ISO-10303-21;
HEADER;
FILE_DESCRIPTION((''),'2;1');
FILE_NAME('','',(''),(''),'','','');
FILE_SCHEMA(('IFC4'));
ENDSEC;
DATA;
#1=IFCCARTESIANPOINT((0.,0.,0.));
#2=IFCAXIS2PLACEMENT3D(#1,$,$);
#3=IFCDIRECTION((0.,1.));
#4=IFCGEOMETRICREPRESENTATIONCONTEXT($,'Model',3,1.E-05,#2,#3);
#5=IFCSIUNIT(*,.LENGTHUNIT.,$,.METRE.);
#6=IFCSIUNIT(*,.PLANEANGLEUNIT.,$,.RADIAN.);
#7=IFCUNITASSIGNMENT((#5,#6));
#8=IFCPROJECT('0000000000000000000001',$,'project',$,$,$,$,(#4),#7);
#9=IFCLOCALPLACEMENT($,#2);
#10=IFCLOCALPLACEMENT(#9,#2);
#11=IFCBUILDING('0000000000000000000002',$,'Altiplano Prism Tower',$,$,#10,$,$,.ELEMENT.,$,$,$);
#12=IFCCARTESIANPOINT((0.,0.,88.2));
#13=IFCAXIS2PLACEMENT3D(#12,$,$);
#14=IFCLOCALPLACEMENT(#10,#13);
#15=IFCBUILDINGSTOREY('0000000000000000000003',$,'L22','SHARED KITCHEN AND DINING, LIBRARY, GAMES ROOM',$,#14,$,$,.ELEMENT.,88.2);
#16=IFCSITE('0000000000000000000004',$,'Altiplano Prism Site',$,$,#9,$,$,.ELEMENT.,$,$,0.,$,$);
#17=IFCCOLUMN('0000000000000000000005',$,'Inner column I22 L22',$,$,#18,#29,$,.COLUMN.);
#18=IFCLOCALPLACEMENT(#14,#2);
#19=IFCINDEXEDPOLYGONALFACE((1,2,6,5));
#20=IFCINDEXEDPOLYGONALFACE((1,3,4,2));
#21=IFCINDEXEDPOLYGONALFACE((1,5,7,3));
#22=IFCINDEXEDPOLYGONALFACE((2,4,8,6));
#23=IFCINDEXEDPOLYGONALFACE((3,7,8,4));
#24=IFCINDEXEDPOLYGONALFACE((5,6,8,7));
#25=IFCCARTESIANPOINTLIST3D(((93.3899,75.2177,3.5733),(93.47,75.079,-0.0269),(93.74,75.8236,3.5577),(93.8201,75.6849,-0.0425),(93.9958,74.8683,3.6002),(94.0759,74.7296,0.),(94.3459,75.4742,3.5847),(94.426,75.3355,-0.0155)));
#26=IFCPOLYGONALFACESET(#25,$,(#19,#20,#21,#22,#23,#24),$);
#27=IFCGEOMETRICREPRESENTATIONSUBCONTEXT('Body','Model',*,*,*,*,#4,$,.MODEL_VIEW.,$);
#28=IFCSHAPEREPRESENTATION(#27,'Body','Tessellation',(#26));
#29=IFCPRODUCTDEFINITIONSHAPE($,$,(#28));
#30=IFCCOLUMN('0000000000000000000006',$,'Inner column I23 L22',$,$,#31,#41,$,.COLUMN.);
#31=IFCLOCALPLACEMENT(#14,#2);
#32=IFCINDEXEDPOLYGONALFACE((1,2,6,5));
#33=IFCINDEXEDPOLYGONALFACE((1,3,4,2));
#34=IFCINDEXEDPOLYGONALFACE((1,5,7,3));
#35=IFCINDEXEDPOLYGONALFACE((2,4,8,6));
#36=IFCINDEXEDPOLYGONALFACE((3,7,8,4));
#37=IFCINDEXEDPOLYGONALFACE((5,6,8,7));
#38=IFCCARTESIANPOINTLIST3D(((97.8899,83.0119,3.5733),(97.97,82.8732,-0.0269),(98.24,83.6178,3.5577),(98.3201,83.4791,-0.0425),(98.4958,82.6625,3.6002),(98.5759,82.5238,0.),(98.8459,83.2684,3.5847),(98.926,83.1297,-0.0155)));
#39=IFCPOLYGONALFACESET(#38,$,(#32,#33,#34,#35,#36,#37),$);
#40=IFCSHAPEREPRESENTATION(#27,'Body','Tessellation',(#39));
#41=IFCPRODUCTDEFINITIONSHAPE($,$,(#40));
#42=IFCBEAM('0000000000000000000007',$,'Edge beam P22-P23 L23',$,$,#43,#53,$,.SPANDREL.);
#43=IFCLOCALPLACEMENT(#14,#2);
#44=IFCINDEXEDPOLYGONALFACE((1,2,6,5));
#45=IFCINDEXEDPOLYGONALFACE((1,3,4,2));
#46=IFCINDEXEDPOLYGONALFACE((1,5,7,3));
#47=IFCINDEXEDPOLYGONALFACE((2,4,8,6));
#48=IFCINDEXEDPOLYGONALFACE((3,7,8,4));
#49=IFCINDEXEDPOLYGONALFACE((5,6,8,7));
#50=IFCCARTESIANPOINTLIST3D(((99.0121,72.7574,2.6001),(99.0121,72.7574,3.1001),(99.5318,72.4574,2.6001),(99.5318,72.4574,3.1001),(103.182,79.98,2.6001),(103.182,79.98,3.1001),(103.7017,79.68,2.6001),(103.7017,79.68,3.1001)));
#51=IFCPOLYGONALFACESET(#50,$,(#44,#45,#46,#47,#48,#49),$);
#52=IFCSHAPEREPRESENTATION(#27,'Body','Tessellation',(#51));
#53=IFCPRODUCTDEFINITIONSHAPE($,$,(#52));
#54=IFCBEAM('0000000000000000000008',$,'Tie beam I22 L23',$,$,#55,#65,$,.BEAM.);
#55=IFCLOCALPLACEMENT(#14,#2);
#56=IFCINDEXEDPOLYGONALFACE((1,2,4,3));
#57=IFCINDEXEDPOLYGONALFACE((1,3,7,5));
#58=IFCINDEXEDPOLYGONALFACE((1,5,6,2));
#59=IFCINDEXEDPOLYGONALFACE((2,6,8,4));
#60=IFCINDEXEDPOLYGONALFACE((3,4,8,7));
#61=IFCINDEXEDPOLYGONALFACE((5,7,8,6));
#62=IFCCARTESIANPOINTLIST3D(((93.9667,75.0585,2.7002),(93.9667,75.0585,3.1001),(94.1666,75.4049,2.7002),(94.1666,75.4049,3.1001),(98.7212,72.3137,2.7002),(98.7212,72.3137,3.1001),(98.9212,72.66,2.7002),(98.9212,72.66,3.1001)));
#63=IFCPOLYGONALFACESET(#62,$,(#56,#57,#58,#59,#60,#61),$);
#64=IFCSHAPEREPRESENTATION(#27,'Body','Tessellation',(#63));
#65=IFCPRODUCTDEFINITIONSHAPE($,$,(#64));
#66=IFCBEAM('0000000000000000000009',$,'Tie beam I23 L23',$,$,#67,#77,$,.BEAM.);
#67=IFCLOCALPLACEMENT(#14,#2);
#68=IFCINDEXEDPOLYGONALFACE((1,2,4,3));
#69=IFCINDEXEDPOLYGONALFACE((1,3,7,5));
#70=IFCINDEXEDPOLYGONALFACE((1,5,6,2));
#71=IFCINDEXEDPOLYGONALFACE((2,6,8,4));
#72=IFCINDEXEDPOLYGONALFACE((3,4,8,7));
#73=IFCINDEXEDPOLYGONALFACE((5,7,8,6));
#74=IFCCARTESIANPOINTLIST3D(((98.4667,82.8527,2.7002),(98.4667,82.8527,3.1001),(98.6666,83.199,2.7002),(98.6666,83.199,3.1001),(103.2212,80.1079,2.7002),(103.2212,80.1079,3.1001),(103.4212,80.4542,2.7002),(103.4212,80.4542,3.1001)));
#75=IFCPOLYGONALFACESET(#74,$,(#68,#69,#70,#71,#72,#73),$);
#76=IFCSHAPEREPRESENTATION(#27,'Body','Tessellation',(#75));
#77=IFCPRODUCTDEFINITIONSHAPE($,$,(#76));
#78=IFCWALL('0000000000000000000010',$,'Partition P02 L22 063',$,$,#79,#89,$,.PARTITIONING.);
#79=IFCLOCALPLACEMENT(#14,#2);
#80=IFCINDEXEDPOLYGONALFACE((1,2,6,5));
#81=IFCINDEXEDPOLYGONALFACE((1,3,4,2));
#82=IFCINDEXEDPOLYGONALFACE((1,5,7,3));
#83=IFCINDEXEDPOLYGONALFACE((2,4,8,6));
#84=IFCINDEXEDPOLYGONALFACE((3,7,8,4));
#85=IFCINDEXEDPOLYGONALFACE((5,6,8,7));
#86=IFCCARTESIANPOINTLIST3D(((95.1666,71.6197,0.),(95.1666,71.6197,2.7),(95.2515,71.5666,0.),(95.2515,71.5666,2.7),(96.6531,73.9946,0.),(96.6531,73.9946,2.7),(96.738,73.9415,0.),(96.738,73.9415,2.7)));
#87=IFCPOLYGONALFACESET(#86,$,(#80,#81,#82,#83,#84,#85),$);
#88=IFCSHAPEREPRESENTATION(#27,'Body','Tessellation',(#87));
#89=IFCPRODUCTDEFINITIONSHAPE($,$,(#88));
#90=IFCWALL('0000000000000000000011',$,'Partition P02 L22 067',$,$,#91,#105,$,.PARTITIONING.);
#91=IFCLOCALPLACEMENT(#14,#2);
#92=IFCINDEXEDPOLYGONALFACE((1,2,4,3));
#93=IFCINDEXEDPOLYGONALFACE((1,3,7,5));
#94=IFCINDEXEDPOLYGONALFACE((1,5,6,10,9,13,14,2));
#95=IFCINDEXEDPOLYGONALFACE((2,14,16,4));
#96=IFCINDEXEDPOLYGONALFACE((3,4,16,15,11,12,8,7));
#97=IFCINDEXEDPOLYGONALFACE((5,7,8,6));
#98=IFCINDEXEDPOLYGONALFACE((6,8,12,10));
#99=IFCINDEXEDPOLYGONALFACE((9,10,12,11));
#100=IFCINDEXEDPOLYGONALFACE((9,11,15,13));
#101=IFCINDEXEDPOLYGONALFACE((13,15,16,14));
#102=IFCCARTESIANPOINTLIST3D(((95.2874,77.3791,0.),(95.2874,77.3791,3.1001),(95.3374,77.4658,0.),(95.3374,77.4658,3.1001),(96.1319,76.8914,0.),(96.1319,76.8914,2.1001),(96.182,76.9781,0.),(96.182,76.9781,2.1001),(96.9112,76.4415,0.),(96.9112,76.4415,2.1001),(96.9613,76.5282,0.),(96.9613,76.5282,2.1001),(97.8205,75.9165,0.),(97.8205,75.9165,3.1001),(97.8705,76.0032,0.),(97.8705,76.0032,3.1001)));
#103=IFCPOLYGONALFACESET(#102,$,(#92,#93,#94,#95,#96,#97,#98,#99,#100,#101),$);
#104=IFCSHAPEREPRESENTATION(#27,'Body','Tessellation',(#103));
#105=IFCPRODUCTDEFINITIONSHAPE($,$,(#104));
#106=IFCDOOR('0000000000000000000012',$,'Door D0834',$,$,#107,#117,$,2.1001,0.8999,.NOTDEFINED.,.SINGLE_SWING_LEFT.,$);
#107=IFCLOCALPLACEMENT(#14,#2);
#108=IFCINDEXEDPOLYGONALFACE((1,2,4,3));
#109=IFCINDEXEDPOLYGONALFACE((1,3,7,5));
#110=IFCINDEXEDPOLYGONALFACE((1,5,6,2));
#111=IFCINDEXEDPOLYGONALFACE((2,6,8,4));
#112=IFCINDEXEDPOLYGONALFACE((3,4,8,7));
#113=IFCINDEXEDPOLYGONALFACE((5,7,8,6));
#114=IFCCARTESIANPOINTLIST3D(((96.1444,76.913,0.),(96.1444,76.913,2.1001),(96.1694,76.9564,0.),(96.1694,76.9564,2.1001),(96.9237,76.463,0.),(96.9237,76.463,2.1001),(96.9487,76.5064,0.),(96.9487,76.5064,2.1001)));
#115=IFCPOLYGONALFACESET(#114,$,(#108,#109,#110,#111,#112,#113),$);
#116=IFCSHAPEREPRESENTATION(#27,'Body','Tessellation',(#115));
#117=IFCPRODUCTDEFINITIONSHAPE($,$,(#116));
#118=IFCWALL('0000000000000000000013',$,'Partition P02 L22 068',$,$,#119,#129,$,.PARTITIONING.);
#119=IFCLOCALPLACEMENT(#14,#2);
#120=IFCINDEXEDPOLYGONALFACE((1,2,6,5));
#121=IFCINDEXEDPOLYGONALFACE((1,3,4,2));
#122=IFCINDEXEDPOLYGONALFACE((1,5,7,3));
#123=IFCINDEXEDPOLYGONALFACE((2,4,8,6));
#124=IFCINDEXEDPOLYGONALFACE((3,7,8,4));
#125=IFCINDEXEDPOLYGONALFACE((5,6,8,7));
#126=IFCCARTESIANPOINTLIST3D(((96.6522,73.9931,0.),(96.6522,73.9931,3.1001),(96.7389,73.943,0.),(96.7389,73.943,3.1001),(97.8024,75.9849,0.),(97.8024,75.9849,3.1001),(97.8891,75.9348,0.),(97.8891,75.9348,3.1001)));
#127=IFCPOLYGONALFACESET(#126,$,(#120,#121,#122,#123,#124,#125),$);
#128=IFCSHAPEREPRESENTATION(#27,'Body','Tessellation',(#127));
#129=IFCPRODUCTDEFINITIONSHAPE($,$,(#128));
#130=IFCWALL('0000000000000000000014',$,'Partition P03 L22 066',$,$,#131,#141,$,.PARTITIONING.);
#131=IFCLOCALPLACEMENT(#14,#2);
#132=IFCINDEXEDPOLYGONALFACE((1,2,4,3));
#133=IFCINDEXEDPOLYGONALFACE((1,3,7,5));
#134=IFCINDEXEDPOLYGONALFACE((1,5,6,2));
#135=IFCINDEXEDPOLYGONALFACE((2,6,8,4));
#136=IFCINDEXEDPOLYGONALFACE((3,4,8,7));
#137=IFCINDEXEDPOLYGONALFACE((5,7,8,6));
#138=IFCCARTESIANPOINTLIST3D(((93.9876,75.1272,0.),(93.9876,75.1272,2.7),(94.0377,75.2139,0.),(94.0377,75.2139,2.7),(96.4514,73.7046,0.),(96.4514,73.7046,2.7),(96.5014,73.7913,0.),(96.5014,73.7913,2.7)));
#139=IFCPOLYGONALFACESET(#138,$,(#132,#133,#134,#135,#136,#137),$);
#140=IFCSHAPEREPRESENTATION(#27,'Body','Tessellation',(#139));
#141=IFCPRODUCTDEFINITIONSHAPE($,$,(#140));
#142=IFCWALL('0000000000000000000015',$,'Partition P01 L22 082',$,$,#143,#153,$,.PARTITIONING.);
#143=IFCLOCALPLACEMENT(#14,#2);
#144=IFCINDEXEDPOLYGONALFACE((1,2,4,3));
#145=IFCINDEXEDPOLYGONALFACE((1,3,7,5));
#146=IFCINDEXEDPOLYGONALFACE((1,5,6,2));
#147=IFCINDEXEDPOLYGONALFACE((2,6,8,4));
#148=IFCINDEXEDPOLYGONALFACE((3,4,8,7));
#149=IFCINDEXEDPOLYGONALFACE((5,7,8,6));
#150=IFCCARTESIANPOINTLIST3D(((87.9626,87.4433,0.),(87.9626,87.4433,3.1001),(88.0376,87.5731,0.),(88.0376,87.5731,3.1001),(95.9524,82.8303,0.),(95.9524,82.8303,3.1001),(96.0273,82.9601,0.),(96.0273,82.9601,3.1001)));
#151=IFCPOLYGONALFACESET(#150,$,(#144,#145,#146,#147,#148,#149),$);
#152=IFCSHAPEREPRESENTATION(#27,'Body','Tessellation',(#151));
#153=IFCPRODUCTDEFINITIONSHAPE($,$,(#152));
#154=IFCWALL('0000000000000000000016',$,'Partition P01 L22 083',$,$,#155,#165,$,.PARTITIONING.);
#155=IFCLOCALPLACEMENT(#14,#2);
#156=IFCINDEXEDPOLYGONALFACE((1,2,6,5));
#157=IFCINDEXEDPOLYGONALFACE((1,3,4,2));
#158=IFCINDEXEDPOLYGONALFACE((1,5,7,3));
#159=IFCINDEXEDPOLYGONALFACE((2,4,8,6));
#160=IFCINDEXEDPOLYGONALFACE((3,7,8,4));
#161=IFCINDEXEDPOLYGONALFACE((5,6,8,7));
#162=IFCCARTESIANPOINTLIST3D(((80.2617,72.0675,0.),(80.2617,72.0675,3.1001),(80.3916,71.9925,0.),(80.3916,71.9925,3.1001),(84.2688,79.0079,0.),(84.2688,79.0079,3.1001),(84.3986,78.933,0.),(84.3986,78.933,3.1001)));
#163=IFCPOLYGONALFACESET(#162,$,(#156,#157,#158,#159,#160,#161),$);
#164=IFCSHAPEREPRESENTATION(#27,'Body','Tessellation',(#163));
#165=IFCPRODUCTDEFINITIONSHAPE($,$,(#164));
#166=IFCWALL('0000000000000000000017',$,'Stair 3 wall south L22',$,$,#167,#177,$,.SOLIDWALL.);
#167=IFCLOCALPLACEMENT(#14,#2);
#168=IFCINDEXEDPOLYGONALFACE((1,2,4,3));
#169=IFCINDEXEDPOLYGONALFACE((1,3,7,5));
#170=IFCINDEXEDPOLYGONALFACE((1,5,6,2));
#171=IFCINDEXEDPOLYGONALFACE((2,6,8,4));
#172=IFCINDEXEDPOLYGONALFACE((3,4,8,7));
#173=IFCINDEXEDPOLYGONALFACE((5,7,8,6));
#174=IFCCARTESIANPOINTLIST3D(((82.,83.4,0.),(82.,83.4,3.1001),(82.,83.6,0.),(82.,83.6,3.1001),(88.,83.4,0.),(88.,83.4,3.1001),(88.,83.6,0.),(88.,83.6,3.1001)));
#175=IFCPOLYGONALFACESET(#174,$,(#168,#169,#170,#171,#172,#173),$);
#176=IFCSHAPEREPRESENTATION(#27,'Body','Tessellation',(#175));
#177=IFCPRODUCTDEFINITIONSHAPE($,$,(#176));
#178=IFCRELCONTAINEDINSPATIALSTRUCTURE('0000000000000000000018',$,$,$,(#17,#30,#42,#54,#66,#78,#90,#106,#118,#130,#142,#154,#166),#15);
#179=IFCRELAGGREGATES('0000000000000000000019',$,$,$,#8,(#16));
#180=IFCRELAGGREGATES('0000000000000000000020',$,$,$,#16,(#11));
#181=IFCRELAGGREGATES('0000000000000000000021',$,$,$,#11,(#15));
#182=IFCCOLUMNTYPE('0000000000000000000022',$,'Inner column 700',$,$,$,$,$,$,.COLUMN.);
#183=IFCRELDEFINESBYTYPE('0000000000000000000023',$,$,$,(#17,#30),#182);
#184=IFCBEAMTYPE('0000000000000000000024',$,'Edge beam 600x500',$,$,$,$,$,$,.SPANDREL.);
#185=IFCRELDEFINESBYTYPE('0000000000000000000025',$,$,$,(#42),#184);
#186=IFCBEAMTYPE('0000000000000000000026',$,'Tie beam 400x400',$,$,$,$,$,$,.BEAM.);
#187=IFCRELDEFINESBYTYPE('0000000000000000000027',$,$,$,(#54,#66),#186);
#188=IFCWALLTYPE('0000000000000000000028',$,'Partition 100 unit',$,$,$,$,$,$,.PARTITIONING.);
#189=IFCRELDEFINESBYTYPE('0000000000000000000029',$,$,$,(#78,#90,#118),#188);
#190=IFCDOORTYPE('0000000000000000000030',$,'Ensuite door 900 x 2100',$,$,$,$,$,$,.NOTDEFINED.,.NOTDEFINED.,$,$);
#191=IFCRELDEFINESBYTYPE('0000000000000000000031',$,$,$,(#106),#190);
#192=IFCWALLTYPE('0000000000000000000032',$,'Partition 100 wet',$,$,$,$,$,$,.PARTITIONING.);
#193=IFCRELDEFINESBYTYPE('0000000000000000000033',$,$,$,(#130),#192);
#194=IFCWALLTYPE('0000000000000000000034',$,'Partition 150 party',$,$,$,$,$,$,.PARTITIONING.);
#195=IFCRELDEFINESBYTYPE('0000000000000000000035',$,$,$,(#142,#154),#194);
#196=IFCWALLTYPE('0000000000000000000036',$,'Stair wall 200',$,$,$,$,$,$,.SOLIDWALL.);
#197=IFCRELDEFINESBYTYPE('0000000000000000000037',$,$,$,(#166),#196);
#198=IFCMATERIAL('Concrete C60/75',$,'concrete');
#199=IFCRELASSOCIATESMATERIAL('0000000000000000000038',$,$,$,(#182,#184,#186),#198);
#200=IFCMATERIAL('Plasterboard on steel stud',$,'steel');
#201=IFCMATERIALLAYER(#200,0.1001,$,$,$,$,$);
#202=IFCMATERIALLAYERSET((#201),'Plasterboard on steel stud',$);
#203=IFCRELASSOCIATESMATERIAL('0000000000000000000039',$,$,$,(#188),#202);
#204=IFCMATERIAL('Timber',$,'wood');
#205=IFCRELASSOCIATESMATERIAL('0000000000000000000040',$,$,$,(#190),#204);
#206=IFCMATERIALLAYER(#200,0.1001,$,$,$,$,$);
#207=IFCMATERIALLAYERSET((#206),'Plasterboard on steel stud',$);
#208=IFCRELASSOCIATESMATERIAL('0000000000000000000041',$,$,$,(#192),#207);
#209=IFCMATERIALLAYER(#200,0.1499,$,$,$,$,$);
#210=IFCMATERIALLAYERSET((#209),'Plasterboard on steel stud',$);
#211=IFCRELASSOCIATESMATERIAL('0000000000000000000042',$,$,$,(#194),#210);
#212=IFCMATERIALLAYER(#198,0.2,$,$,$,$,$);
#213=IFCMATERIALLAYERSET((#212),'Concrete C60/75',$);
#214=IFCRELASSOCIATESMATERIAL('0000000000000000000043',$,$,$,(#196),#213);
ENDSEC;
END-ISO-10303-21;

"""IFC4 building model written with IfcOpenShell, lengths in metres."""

from ifc_helpers import new_model, si_unit, direction, frame, frame_2d, origin, origin_2d, place, context, subcontext, project, spatial, rectangle, extrude, material, layer, layer_set, material_profile, profile_set, type_object, element, fill, save


model = new_model("IFC4")

# Units and contexts
model_context = context("Model", 3, precision=1e-05, world=origin(), true_north=direction((0.0, 1.0)))
body_context = subcontext(model_context, "Body", "Model", "MODEL_VIEW")
ifc_project = project(units=[si_unit("LENGTHUNIT", "METRE"), si_unit("PLANEANGLEUNIT", "RADIAN")], contexts=[model_context])

# Site, building, storey
site_placement = place(None, origin())
site = spatial("IfcSite", under=ifc_project, at=site_placement, Name="Altiplano Prism Site", CompositionType="ELEMENT", RefElevation=0.0)
building_placement = place(site_placement, origin())
building = spatial("IfcBuilding", under=site, at=building_placement, Name="Altiplano Prism Tower", CompositionType="ELEMENT")
storey_placement = place(building_placement, frame((0.0, 0.0, 88.2)))
storey = spatial("IfcBuildingStorey", under=building, at=storey_placement, Name="L22", Description="SHARED KITCHEN AND DINING, LIBRARY, GAMES ROOM", CompositionType="ELEMENT", Elevation=88.2)

# Columns
ifc_material_1 = material(Name="Concrete C60/75", Category="concrete")
ifc_material_profile_1 = material_profile(ifc_material_1, rectangle(XDim=0.7, YDim=0.7, at=origin_2d()), Name="Inner column 700")
ifc_profile_set_1 = profile_set([ifc_material_profile_1], Name="Concrete C60/75")
column_type = type_object("IfcColumnType", Name="Inner column 700", PredefinedType="COLUMN", material=ifc_profile_set_1)
for number, where, z_axis, x_axis, name in (
    (1, (93.948, 75.2073, -0.0212), (-0.022221, 0.038481, 0.999012), (-0.50017, -0.865642, 0.022218), "Inner column I22 L22"),
    (2, (98.448, 83.0015, -0.0212), (-0.022221, 0.038481, 0.999012), (-0.500175, -0.865639, 0.022218), "Inner column I23 L22"),
):
    element("IfcColumn", number, at=place(storey_placement, frame(where, z_axis=z_axis, x_axis=x_axis)), inside=storey, type_object=column_type, Name=name, PredefinedType="COLUMN", context=body_context, shape_type="SweptSolid", body=[
        extrude(rectangle(XDim=0.7, YDim=0.7, at=origin_2d()), origin(), (0.0, 0.0, 1.0), 3.6038),
    ])

# Beams
ifc_material_profile_2 = material_profile(ifc_material_1, rectangle(XDim=0.6001, YDim=0.5, at=origin_2d()), Name="Edge beam 600x500")
ifc_profile_set_2 = profile_set([ifc_material_profile_2], Name="Concrete C60/75")
beam_type_1 = type_object("IfcBeamType", Name="Edge beam 600x500", PredefinedType="SPANDREL", material=ifc_profile_set_2)
beam_placement = place(storey_placement, frame((99.272, 72.6074, 2.8501), z_axis=(0.499993, 0.86603, 0.0), x_axis=(-0.86603, 0.499993, 0.0)))
element("IfcBeam", 3, at=beam_placement, inside=storey, type_object=beam_type_1, Name="Edge beam P22-P23 L23", PredefinedType="SPANDREL", context=body_context, shape_type="SweptSolid", body=[
    extrude(rectangle(XDim=0.6001, YDim=0.5, at=origin_2d()), origin(), (0.0, 0.0, 1.0), 8.3398),
])
ifc_material_profile_3 = material_profile(ifc_material_1, rectangle(XDim=0.3999, YDim=0.3999, at=origin_2d()), Name="Tie beam 400x400")
ifc_profile_set_3 = profile_set([ifc_material_profile_3], Name="Concrete C60/75")
beam_type_2 = type_object("IfcBeamType", Name="Tie beam 400x400", PredefinedType="BEAM", material=ifc_profile_set_3)
for number, where, z_axis, x_axis, name in (
    (4, (94.0667, 75.2317, 2.9001), (0.866043, -0.49997, 0.0), (0.49997, 0.866043, 0.0), "Tie beam I22 L23"),
    (5, (98.5667, 83.0259, 2.9001), (0.866043, -0.49997, 0.0), (0.49997, 0.866043, 0.0), "Tie beam I23 L23"),
):
    element("IfcBeam", number, at=place(storey_placement, frame(where, z_axis=z_axis, x_axis=x_axis)), inside=storey, type_object=beam_type_2, Name=name, PredefinedType="BEAM", context=body_context, shape_type="SweptSolid", body=[
        extrude(rectangle(XDim=0.3999, YDim=0.3999, at=origin_2d()), origin(), (0.0, 0.0, 1.0), 5.49),
    ])

# Wall
ifc_material_2 = material(Name="Plasterboard on steel stud", Category="steel")
ifc_layer_1 = layer(ifc_material_2, 0.1001)
ifc_layer_set_1 = layer_set([ifc_layer_1], Name="Plasterboard on steel stud")
wall_type_1 = type_object("IfcWallType", Name="Partition 100 unit", PredefinedType="PARTITIONING", material=ifc_layer_set_1)
wall_1_placement = place(storey_placement, frame((96.6956, 73.968, 0.0), z_axis=(0.0, 0.0, 1.0), x_axis=(-0.530563, -0.847646, 0.0)))
element("IfcWall", 6, at=wall_1_placement, inside=storey, type_object=wall_type_1, Name="Partition P02 L22 063", PredefinedType="PARTITIONING", context=body_context, shape_type="SweptSolid", body=[
    extrude(rectangle(XDim=2.8018, YDim=0.1001, at=frame_2d((1.4009, 0.0))), origin(), (0.0, 0.0, 1.0), 2.7),
])

# Wall, opening, door
wall_2_placement = place(storey_placement, frame((95.3125, 77.4224, 0.0), z_axis=(0.0, 0.0, 1.0), x_axis=(0.86601, -0.500026, 0.0)))
wall_2 = element("IfcWall", 7, at=wall_2_placement, inside=storey, type_object=wall_type_1, Name="Partition P02 L22 067", PredefinedType="PARTITIONING", context=body_context, shape_type="SweptSolid", body=[
    extrude(rectangle(XDim=2.925, YDim=0.1001, at=frame_2d((1.4624, 0.0))), origin(), (0.0, 0.0, 1.0), 3.1001),
])
opening_placement = place(wall_2_placement, frame((0.9751, 0.0, 0.0)))
opening = element("IfcOpeningElement", 8, at=opening_placement, cuts=wall_2, PredefinedType="OPENING", context=body_context, shape_type="SweptSolid", body=[
    extrude(rectangle(XDim=0.8999, YDim=2.1001, at=frame_2d((0.45, 1.05))), frame((0.0, 0.0605, 0.0), z_axis=(0.0, -1.0, 0.0), x_axis=(1.0, 0.0, 0.0)), (0.0, 0.0, 1.0), 0.1211),
])
ifc_material_3 = material(Name="Timber", Category="wood")
door_type = type_object("IfcDoorType", Name="Ensuite door 900 x 2100", OperationType="NOTDEFINED", PredefinedType="NOTDEFINED", material=ifc_material_3)
door_placement = place(opening_placement, origin())
door = element("IfcDoor", 9, at=door_placement, inside=storey, type_object=door_type, Name="Door D0834", OperationType="SINGLE_SWING_LEFT", OverallHeight=2.1001, OverallWidth=0.8999, PredefinedType="NOTDEFINED", context=body_context, shape_type="SweptSolid", body=[
    extrude(rectangle(XDim=0.8999, YDim=2.1001, at=frame_2d((0.45, 1.05))), frame((0.0, 0.0249, 0.0), z_axis=(0.0, -1.0, 0.0), x_axis=(1.0, 0.0, 0.0)), (0.0, 0.0, 1.0), 0.05),
])
fill(opening, door)

# Walls
wall_3_placement = place(storey_placement, frame((97.8457, 75.9597, 0.0), z_axis=(0.0, 0.0, 1.0), x_axis=(-0.500078, -0.865981, 0.0)))
element("IfcWall", 10, at=wall_3_placement, inside=storey, type_object=wall_type_1, Name="Partition P02 L22 068", PredefinedType="PARTITIONING", context=body_context, shape_type="SweptSolid", body=[
    extrude(rectangle(XDim=2.3, YDim=0.1001, at=frame_2d((1.1499, 0.0))), origin(), (0.0, 0.0, 1.0), 3.1001),
])
ifc_layer_2 = layer(ifc_material_2, 0.1001)
ifc_layer_set_2 = layer_set([ifc_layer_2], Name="Plasterboard on steel stud")
wall_type_2 = type_object("IfcWallType", Name="Partition 100 wet", PredefinedType="PARTITIONING", material=ifc_layer_set_2)
wall_4_placement = place(storey_placement, frame((96.4763, 73.748, 0.0), z_axis=(0.0, 0.0, 1.0), x_axis=(-0.866011, 0.500025, 0.0)))
element("IfcWall", 11, at=wall_4_placement, inside=storey, type_object=wall_type_2, Name="Partition P03 L22 066", PredefinedType="PARTITIONING", context=body_context, shape_type="SweptSolid", body=[
    extrude(rectangle(XDim=2.845, YDim=0.1001, at=frame_2d((1.4224, 0.0))), origin(), (0.0, 0.0, 1.0), 2.7),
])
ifc_layer_3 = layer(ifc_material_2, 0.1499)
ifc_layer_set_3 = layer_set([ifc_layer_3], Name="Plasterboard on steel stud")
wall_type_3 = type_object("IfcWallType", Name="Partition 150 party", PredefinedType="PARTITIONING", material=ifc_layer_set_3)
wall_5_placement = place(storey_placement, frame((95.9897, 82.8953, 0.0), z_axis=(0.0, 0.0, 1.0), x_axis=(-0.866018, 0.500013, 0.0)))
element("IfcWall", 12, at=wall_5_placement, inside=storey, type_object=wall_type_3, Name="Partition P01 L22 082", PredefinedType="PARTITIONING", context=body_context, shape_type="SweptSolid", body=[
    extrude(rectangle(XDim=9.2258, YDim=0.1499, at=frame_2d((4.6128, 0.0))), origin(), (0.0, 0.0, 1.0), 3.1001),
])
wall_6_placement = place(storey_placement, frame((84.3337, 78.9705, 0.0), z_axis=(0.0, 0.0, 1.0), x_axis=(-0.500002, -0.866024, 0.0)))
element("IfcWall", 13, at=wall_6_placement, inside=storey, type_object=wall_type_3, Name="Partition P01 L22 083", PredefinedType="PARTITIONING", context=body_context, shape_type="SweptSolid", body=[
    extrude(rectangle(XDim=8.0142, YDim=0.1499, at=frame_2d((4.0071, 0.0))), origin(), (0.0, 0.0, 1.0), 3.1001),
])
ifc_layer_4 = layer(ifc_material_1, 0.2)
ifc_layer_set_4 = layer_set([ifc_layer_4], Name="Concrete C60/75")
wall_type_4 = type_object("IfcWallType", Name="Stair wall 200", PredefinedType="SOLIDWALL", material=ifc_layer_set_4)
wall_7_placement = place(storey_placement, frame((82.0, 83.5, 0.0), z_axis=(0.0, 0.0, 1.0), x_axis=(1.0, 0.0, 0.0)))
element("IfcWall", 14, at=wall_7_placement, inside=storey, type_object=wall_type_4, Name="Stair 3 wall south L22", PredefinedType="SOLIDWALL", context=body_context, shape_type="SweptSolid", body=[
    extrude(rectangle(XDim=6.0, YDim=0.2, at=frame_2d((3.0, 0.0))), origin(), (0.0, 0.0, 1.0), 3.1001),
])

save(model, "model.ifc")
